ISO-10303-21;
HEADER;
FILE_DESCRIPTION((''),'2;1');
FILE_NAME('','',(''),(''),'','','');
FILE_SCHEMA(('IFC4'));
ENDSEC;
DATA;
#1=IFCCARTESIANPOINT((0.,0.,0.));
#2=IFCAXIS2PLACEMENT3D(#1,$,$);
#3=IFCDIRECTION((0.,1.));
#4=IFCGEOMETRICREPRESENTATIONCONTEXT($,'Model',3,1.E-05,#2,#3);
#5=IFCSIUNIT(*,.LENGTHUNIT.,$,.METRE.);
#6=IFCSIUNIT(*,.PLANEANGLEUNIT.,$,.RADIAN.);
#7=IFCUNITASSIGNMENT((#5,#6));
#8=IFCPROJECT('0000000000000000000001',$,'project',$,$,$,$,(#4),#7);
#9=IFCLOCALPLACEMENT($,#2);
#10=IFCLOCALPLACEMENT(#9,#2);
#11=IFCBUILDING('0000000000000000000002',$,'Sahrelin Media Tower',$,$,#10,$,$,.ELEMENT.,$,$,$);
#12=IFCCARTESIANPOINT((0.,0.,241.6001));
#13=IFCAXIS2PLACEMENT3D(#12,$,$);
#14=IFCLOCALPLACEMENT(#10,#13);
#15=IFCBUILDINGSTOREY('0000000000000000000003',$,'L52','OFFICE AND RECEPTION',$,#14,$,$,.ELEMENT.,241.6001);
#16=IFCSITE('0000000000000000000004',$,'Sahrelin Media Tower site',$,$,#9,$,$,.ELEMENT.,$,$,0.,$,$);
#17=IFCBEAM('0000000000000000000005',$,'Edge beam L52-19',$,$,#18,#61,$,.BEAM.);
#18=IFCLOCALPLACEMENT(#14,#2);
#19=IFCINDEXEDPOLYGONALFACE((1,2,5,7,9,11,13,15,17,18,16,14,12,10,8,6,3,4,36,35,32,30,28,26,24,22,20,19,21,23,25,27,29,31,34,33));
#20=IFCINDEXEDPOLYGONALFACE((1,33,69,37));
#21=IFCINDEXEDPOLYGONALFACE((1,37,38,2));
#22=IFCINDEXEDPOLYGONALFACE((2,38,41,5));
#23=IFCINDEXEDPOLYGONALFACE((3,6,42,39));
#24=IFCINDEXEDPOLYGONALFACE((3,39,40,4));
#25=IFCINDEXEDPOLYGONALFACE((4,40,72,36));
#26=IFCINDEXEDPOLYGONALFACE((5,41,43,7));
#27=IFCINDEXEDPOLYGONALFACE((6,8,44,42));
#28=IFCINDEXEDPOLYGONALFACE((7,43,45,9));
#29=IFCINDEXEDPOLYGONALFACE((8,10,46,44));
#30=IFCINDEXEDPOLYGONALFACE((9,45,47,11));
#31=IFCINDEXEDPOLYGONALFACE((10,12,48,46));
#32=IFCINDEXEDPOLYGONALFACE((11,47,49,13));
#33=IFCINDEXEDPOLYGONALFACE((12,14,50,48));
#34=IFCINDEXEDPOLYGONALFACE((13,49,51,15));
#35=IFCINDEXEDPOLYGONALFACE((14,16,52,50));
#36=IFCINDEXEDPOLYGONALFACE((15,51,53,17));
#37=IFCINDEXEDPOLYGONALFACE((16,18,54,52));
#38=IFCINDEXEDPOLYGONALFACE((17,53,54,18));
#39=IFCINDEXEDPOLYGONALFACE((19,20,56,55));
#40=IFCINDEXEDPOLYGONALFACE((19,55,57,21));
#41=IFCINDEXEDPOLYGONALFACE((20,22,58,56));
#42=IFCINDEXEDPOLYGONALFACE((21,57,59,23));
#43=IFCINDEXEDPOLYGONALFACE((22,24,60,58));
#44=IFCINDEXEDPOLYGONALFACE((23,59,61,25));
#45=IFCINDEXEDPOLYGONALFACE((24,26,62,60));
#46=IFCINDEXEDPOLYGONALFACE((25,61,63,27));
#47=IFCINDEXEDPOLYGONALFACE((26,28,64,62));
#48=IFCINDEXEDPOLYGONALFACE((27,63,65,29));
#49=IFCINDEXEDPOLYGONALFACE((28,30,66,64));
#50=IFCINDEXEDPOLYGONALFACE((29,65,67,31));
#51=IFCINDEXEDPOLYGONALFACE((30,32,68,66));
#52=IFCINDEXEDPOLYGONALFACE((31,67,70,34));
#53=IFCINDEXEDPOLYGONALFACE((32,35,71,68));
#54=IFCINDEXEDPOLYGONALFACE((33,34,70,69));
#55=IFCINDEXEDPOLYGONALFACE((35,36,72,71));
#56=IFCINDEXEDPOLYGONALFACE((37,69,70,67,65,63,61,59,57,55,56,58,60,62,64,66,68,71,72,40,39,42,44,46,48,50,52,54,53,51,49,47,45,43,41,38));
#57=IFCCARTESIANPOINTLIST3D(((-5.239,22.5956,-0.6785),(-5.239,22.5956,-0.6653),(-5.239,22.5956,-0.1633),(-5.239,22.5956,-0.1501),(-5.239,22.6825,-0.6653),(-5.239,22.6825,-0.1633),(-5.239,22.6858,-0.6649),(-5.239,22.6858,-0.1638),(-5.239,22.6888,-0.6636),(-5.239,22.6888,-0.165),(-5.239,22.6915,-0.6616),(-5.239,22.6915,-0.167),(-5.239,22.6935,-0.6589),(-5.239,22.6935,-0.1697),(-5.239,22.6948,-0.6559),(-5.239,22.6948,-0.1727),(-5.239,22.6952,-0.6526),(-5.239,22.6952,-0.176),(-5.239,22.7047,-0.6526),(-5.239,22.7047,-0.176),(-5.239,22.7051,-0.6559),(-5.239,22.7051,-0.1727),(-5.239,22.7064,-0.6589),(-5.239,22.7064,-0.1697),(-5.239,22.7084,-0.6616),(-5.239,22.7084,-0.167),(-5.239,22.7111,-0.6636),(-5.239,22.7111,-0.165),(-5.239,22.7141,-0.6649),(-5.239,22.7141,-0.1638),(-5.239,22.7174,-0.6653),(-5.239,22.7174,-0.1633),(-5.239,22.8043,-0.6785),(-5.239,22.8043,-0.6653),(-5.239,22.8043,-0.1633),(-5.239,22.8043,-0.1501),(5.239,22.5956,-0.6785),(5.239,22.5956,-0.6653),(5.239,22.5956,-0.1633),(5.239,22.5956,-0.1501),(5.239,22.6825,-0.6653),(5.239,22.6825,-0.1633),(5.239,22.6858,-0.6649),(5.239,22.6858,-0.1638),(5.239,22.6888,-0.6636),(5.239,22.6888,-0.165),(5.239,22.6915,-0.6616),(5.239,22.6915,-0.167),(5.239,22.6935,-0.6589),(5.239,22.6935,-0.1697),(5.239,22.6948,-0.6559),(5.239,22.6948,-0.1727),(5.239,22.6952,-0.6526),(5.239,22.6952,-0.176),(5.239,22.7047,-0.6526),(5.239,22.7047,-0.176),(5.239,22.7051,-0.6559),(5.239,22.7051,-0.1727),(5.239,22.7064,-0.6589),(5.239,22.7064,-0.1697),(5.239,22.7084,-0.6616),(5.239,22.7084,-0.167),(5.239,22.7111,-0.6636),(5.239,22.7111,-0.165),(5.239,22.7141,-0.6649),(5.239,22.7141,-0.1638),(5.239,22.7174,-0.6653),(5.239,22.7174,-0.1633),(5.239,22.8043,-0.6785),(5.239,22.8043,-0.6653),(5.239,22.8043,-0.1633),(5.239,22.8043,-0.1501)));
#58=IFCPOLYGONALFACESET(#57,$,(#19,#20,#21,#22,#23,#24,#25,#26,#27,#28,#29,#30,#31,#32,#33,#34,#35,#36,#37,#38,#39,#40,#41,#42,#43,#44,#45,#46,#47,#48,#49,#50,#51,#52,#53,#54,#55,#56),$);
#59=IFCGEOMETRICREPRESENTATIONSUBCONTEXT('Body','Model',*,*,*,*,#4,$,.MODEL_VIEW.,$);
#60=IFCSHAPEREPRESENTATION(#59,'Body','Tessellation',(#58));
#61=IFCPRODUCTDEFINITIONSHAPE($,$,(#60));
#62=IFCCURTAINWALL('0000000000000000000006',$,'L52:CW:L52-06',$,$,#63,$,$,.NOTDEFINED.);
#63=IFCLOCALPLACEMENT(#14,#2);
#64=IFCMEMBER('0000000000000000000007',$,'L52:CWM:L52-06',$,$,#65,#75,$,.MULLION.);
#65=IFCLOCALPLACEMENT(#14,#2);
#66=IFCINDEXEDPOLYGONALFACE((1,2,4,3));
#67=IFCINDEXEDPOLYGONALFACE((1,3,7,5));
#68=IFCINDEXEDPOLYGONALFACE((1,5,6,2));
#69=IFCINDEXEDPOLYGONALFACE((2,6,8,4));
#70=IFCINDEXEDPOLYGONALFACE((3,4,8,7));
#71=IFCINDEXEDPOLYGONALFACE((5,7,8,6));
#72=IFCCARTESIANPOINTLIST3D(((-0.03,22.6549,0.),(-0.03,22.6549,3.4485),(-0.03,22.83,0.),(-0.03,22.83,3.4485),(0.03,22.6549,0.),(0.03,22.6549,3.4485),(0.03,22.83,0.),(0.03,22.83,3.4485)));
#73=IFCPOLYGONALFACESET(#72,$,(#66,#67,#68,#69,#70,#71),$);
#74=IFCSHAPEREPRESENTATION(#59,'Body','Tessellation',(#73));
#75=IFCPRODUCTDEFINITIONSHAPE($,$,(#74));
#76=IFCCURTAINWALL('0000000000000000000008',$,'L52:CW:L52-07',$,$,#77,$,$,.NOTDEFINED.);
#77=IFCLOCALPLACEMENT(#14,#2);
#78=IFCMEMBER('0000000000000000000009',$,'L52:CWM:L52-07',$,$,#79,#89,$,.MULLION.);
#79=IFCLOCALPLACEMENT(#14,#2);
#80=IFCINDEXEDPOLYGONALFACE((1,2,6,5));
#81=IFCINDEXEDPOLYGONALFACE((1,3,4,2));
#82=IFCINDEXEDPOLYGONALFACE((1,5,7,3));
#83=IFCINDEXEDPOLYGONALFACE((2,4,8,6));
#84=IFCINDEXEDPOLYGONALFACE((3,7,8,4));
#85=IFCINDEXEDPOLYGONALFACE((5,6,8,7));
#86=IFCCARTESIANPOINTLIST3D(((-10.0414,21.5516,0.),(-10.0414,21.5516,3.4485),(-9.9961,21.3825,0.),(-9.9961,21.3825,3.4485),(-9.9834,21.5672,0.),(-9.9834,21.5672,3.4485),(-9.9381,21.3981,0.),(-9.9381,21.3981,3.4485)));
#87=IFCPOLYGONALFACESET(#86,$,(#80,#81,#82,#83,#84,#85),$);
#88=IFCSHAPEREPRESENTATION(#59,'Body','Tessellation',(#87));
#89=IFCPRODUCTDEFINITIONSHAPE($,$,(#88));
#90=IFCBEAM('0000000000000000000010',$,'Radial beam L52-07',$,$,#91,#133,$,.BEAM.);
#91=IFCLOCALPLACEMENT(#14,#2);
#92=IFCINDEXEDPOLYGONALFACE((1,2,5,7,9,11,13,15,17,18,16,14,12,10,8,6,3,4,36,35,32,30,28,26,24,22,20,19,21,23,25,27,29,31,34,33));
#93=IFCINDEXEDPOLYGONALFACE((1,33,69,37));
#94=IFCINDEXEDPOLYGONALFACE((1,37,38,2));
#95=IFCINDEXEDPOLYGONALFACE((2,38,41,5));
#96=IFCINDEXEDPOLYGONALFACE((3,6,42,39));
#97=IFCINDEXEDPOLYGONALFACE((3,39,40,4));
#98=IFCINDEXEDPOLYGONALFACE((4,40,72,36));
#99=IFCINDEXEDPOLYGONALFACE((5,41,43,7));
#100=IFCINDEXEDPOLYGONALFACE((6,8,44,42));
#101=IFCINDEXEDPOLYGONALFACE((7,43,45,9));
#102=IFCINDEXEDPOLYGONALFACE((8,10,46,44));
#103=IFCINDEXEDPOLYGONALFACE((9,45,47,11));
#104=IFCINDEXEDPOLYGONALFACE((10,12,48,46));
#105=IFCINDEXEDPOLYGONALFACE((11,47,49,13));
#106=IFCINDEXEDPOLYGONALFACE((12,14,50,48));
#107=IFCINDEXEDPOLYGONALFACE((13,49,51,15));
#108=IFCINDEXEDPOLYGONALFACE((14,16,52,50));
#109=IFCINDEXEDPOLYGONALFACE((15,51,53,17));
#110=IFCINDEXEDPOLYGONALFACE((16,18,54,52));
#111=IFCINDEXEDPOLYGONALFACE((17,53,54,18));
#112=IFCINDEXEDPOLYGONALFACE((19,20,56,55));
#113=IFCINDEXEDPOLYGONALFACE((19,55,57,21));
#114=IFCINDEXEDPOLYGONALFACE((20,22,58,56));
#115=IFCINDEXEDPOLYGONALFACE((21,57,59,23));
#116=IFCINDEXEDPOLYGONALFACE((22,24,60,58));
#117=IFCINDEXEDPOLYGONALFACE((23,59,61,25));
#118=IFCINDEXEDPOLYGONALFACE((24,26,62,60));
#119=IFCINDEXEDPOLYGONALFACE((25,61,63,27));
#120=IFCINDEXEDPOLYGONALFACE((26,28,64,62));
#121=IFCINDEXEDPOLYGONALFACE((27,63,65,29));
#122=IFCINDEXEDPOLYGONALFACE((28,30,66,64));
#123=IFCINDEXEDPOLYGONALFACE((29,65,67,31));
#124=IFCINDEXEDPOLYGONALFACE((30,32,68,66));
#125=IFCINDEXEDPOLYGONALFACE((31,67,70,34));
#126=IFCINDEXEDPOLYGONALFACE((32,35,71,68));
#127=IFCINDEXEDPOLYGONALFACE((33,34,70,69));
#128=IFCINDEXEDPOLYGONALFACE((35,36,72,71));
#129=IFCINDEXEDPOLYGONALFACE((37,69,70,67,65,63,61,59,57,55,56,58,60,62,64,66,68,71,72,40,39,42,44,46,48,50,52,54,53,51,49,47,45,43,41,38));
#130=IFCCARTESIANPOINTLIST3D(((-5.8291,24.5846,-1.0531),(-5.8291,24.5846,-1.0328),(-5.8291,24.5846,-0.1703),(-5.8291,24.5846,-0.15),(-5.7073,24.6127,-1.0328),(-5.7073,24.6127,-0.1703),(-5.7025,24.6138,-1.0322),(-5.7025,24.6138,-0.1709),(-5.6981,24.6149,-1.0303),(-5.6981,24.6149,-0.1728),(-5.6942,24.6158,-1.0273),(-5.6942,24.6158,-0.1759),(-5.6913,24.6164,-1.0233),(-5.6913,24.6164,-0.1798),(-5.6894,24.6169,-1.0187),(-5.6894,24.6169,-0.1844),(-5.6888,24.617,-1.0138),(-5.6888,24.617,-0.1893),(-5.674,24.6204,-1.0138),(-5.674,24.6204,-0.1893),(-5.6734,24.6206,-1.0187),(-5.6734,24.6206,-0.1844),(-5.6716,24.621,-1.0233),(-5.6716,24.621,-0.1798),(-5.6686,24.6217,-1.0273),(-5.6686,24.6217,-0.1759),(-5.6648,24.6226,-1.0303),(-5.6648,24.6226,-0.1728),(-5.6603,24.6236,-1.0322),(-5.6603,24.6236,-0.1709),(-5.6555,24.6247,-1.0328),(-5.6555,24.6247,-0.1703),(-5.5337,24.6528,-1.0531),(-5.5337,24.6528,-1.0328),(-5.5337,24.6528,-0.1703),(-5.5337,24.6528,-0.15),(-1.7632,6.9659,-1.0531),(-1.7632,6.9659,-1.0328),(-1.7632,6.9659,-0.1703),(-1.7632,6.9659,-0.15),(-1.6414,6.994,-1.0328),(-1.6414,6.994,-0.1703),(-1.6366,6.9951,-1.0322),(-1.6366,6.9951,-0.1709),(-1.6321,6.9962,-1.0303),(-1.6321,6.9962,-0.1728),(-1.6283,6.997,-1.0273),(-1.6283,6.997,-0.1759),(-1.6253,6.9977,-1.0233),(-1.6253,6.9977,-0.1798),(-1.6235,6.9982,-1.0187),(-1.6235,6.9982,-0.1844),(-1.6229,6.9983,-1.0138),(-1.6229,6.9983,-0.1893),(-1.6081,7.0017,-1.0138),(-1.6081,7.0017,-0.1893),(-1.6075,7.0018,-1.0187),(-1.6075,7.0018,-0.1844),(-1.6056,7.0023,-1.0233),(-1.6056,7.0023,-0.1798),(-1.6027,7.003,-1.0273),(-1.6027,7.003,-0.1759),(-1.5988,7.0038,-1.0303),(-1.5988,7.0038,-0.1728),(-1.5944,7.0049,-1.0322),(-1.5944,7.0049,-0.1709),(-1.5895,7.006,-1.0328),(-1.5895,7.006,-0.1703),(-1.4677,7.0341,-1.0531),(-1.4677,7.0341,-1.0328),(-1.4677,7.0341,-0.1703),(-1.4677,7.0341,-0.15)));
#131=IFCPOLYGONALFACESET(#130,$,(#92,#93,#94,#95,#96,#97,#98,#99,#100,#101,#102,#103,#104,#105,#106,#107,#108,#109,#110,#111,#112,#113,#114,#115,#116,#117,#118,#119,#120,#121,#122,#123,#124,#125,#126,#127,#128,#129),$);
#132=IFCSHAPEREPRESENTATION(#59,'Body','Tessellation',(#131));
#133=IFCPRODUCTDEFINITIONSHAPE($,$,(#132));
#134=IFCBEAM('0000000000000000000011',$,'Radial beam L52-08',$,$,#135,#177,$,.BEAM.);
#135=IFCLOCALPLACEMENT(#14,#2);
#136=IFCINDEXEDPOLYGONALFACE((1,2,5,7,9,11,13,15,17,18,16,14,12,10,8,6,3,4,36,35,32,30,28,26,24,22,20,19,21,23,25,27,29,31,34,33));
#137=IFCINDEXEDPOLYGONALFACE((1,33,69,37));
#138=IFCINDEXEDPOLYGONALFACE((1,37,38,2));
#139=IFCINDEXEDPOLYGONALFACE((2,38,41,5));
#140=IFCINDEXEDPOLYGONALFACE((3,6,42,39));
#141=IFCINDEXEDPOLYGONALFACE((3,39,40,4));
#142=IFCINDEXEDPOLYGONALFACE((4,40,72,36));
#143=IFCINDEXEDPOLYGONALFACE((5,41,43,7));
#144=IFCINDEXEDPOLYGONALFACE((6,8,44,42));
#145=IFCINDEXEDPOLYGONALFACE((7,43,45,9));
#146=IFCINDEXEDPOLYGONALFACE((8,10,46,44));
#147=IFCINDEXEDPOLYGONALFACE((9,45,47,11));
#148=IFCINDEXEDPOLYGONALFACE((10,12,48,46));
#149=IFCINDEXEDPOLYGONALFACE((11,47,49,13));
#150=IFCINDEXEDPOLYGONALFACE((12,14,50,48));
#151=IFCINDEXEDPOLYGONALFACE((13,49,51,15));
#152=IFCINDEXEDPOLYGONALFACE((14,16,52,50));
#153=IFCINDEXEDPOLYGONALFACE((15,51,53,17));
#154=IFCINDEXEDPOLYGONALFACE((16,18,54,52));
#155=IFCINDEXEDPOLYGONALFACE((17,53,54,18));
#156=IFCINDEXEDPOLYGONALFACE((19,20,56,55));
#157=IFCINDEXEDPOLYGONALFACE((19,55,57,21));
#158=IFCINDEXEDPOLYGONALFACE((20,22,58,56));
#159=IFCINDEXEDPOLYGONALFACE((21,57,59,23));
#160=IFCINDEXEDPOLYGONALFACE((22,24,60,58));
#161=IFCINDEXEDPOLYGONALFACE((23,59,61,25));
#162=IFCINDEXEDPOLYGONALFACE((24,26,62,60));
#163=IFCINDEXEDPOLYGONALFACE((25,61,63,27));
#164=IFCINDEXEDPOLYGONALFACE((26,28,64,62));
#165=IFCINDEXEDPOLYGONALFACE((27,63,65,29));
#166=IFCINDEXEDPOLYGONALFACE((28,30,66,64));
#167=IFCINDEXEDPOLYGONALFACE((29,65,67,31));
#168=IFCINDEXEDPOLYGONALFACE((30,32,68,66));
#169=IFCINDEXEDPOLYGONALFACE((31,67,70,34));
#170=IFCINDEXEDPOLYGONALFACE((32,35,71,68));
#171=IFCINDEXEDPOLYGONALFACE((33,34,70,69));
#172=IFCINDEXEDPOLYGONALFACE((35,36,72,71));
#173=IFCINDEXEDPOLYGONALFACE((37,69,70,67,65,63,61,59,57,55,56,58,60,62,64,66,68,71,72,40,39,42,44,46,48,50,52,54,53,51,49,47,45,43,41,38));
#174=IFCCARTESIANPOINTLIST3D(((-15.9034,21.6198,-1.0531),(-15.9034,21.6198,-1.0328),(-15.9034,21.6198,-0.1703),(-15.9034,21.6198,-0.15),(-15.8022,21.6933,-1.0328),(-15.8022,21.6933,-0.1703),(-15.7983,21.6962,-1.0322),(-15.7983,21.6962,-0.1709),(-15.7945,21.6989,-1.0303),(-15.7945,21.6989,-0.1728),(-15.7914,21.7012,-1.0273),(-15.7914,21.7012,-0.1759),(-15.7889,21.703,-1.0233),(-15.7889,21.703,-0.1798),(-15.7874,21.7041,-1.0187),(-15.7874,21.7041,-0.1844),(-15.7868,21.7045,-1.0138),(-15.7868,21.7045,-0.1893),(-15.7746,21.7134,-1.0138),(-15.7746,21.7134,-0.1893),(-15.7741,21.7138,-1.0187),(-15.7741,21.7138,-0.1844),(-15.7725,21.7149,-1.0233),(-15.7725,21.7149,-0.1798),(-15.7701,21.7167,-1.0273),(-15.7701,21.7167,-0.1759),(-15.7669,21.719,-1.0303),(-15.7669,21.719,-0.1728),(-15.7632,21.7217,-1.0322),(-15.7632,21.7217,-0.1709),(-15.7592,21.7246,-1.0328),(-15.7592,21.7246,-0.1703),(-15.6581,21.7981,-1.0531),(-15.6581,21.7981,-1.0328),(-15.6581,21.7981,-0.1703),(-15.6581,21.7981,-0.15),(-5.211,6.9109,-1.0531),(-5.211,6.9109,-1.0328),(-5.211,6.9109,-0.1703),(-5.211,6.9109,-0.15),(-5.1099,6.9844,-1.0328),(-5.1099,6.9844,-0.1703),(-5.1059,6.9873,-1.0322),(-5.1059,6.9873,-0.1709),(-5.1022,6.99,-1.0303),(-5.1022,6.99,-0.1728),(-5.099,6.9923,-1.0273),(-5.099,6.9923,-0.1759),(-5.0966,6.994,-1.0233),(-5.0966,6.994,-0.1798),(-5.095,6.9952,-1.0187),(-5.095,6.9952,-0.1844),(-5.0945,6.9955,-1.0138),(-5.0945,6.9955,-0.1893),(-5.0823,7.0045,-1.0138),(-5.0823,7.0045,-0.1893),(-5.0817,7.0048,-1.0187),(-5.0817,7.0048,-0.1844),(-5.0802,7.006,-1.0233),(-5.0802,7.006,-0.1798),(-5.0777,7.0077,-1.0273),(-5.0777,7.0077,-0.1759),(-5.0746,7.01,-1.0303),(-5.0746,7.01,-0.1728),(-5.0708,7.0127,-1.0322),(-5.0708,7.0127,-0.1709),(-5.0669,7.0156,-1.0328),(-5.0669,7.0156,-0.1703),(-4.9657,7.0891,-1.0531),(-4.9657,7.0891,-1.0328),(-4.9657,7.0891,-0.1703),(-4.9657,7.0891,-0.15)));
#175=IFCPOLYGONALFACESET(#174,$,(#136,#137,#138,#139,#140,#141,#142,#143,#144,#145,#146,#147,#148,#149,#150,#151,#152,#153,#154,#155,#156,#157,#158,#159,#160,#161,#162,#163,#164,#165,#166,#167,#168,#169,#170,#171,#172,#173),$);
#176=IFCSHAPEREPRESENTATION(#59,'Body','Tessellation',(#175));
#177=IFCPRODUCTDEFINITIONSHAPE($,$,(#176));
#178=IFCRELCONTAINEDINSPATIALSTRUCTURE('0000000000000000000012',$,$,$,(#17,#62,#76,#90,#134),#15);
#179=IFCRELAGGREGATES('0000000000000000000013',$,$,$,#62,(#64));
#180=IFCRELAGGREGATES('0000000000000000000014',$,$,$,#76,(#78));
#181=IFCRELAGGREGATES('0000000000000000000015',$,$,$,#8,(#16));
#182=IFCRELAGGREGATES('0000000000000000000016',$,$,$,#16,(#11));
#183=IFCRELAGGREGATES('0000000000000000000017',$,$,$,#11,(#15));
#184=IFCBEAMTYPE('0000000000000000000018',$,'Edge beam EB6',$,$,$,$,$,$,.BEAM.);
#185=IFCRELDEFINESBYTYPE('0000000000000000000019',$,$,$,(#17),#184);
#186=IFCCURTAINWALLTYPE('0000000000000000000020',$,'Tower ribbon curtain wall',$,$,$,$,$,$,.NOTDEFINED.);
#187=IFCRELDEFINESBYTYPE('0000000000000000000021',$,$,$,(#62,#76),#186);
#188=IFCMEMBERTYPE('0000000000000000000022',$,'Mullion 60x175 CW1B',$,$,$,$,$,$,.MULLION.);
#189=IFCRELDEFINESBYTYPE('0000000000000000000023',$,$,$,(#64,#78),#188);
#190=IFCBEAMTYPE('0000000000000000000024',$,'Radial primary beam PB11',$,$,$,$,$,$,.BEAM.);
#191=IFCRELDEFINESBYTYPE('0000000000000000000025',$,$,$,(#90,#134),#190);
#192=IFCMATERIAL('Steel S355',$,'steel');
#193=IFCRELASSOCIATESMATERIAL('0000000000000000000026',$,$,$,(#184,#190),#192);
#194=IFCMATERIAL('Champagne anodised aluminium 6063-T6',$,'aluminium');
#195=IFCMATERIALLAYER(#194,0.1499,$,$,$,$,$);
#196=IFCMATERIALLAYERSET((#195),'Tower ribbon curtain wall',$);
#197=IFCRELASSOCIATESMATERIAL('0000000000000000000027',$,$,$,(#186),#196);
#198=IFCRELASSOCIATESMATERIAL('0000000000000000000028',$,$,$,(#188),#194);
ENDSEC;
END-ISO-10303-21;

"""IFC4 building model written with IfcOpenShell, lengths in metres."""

from ifc_helpers import new_model, si_unit, direction, frame, origin, origin_2d, place, context, subcontext, project, spatial, rectangle, i_section, extrude, material, layer, layer_set, material_profile, profile_set, type_object, element, aggregate, save


model = new_model("IFC4")

# Units and contexts
model_context = context("Model", 3, precision=1e-05, world=origin(), true_north=direction((0.0, 1.0)))
body_context = subcontext(model_context, "Body", "Model", "MODEL_VIEW")
ifc_project = project(units=[si_unit("LENGTHUNIT", "METRE"), si_unit("PLANEANGLEUNIT", "RADIAN")], contexts=[model_context])

# Site, building, storey
site_placement = place(None, origin())
site = spatial("IfcSite", under=ifc_project, at=site_placement, Name="Sahrelin Media Tower site", CompositionType="ELEMENT", RefElevation=0.0)
building_placement = place(site_placement, origin())
building = spatial("IfcBuilding", under=site, at=building_placement, Name="Sahrelin Media Tower", CompositionType="ELEMENT")
storey_placement = place(building_placement, frame((0.0, 0.0, 241.6001)))
storey = spatial("IfcBuildingStorey", under=building, at=storey_placement, Name="L52", Description="OFFICE AND RECEPTION", CompositionType="ELEMENT", Elevation=241.6001)

# Beam
ifc_material_1 = material(Name="Steel S355", Category="steel")
ifc_material_profile_1 = material_profile(ifc_material_1, i_section(OverallWidth=0.2087, OverallDepth=0.5283, WebThickness=0.0095, FlangeThickness=0.0132, FilletRadius=0.0127, at=origin_2d()), Name="UB 533x210x82")
ifc_profile_set_1 = profile_set([ifc_material_profile_1], Name="Steel S355")
beam_type_1 = type_object("IfcBeamType", Name="Edge beam EB6", PredefinedType="BEAM", material=ifc_profile_set_1)
beam_1_placement = place(storey_placement, frame((-5.239, 22.7, -0.4143), z_axis=(1.0, 0.0, 0.0), x_axis=(0.0, 1.0, 0.0)))
element("IfcBeam", 1, at=beam_1_placement, inside=storey, type_object=beam_type_1, Name="Edge beam L52-19", PredefinedType="BEAM", context=body_context, shape_type="SweptSolid", body=[
    extrude(i_section(OverallWidth=0.2087, OverallDepth=0.5283, WebThickness=0.0095, FlangeThickness=0.0132, FilletRadius=0.0127, at=origin_2d()), origin(), (0.0, 0.0, 1.0), 10.478),
])

# Curtain walls, members
ifc_material_2 = material(Name="Champagne anodised aluminium 6063-T6", Category="aluminium")
ifc_layer_1 = layer(ifc_material_2, 0.1499)
ifc_layer_set_1 = layer_set([ifc_layer_1], Name="Tower ribbon curtain wall")
curtain_wall_type = type_object("IfcCurtainWallType", Name="Tower ribbon curtain wall", PredefinedType="NOTDEFINED", material=ifc_layer_set_1)
curtain_wall_1_placement = place(storey_placement, frame((0.0, 22.8501, 0.0), z_axis=(0.0, 0.0, 1.0), x_axis=(1.0, 0.0, 0.0)))
curtain_wall_1 = element("IfcCurtainWall", 2, at=curtain_wall_1_placement, inside=storey, type_object=curtain_wall_type, Name="L52:CW:L52-06", PredefinedType="NOTDEFINED")
ifc_material_profile_2 = material_profile(ifc_material_2, rectangle(XDim=0.0601, YDim=0.175, at=origin_2d()), Name="Mullion 60x175")
ifc_profile_set_2 = profile_set([ifc_material_profile_2], Name="Champagne anodised aluminium 6063-T6")
member_type_1 = type_object("IfcMemberType", Name="Mullion 60x175 CW1B", PredefinedType="MULLION", material=ifc_profile_set_2)
member_1_placement = place(storey_placement, frame((0.0, 22.7424, 0.0), z_axis=(0.0, 0.0, 1.0), x_axis=(-1.0, 0.0, 0.0)))
member_1 = element("IfcMember", 3, at=member_1_placement, type_object=member_type_1, Name="L52:CWM:L52-06", PredefinedType="MULLION", context=body_context, shape_type="SweptSolid", body=[
    extrude(rectangle(XDim=0.0601, YDim=0.175, at=origin_2d()), origin(), (0.0, 0.0, 1.0), 3.4485),
])
aggregate(curtain_wall_1, [member_1])
curtain_wall_2_placement = place(storey_placement, frame((-10.0176, 21.5789, 0.0), z_axis=(0.0, 0.0, 1.0), x_axis=(1.0, 0.0, 0.0)))
curtain_wall_2 = element("IfcCurtainWall", 4, at=curtain_wall_2_placement, inside=storey, type_object=curtain_wall_type, Name="L52:CW:L52-07", PredefinedType="NOTDEFINED")
member_2_placement = place(storey_placement, frame((-9.9897, 21.4749, 0.0), z_axis=(0.0, 0.0, 1.0), x_axis=(-0.965925, -0.258821, 0.0)))
member_2 = element("IfcMember", 5, at=member_2_placement, type_object=member_type_1, Name="L52:CWM:L52-07", PredefinedType="MULLION", context=body_context, shape_type="SweptSolid", body=[
    extrude(rectangle(XDim=0.0601, YDim=0.175, at=origin_2d()), origin(), (0.0, 0.0, 1.0), 3.4485),
])

# Beams
ifc_material_profile_3 = material_profile(ifc_material_1, i_section(OverallWidth=0.3032, OverallDepth=0.9031, WebThickness=0.0151, FlangeThickness=0.0203, FilletRadius=0.019, at=origin_2d()), Name="UB 914x305x201")
ifc_profile_set_3 = profile_set([ifc_material_profile_3], Name="Steel S355")
beam_type_2 = type_object("IfcBeamType", Name="Radial primary beam PB11", PredefinedType="BEAM", material=ifc_profile_set_3)
beam_2_placement = place(storey_placement, frame((-1.6155, 7.0, -0.6016), z_axis=(-0.224863, 0.97439, 0.0), x_axis=(-0.97439, -0.224863, 0.0)))
element("IfcBeam", 6, at=beam_2_placement, inside=storey, type_object=beam_type_2, Name="Radial beam L52-07", PredefinedType="BEAM", context=body_context, shape_type="SweptSolid", body=[
    extrude(i_section(OverallWidth=0.3032, OverallDepth=0.9031, WebThickness=0.0151, FlangeThickness=0.0203, FilletRadius=0.019, at=origin_2d()), origin(), (0.0, 0.0, 1.0), 18.0818),
])
beam_3_placement = place(storey_placement, frame((-5.0884, 7.0, -0.6016), z_axis=(-0.58799, 0.808868, 0.0), x_axis=(-0.808868, -0.58799, 0.0)))
element("IfcBeam", 7, at=beam_3_placement, inside=storey, type_object=beam_type_2, Name="Radial beam L52-08", PredefinedType="BEAM", context=body_context, shape_type="SweptSolid", body=[
    extrude(i_section(OverallWidth=0.3032, OverallDepth=0.9031, WebThickness=0.0151, FlangeThickness=0.0203, FilletRadius=0.019, at=origin_2d()), origin(), (0.0, 0.0, 1.0), 18.1846),
])

aggregate(curtain_wall_2, [member_2])

save(model, "model.ifc")
